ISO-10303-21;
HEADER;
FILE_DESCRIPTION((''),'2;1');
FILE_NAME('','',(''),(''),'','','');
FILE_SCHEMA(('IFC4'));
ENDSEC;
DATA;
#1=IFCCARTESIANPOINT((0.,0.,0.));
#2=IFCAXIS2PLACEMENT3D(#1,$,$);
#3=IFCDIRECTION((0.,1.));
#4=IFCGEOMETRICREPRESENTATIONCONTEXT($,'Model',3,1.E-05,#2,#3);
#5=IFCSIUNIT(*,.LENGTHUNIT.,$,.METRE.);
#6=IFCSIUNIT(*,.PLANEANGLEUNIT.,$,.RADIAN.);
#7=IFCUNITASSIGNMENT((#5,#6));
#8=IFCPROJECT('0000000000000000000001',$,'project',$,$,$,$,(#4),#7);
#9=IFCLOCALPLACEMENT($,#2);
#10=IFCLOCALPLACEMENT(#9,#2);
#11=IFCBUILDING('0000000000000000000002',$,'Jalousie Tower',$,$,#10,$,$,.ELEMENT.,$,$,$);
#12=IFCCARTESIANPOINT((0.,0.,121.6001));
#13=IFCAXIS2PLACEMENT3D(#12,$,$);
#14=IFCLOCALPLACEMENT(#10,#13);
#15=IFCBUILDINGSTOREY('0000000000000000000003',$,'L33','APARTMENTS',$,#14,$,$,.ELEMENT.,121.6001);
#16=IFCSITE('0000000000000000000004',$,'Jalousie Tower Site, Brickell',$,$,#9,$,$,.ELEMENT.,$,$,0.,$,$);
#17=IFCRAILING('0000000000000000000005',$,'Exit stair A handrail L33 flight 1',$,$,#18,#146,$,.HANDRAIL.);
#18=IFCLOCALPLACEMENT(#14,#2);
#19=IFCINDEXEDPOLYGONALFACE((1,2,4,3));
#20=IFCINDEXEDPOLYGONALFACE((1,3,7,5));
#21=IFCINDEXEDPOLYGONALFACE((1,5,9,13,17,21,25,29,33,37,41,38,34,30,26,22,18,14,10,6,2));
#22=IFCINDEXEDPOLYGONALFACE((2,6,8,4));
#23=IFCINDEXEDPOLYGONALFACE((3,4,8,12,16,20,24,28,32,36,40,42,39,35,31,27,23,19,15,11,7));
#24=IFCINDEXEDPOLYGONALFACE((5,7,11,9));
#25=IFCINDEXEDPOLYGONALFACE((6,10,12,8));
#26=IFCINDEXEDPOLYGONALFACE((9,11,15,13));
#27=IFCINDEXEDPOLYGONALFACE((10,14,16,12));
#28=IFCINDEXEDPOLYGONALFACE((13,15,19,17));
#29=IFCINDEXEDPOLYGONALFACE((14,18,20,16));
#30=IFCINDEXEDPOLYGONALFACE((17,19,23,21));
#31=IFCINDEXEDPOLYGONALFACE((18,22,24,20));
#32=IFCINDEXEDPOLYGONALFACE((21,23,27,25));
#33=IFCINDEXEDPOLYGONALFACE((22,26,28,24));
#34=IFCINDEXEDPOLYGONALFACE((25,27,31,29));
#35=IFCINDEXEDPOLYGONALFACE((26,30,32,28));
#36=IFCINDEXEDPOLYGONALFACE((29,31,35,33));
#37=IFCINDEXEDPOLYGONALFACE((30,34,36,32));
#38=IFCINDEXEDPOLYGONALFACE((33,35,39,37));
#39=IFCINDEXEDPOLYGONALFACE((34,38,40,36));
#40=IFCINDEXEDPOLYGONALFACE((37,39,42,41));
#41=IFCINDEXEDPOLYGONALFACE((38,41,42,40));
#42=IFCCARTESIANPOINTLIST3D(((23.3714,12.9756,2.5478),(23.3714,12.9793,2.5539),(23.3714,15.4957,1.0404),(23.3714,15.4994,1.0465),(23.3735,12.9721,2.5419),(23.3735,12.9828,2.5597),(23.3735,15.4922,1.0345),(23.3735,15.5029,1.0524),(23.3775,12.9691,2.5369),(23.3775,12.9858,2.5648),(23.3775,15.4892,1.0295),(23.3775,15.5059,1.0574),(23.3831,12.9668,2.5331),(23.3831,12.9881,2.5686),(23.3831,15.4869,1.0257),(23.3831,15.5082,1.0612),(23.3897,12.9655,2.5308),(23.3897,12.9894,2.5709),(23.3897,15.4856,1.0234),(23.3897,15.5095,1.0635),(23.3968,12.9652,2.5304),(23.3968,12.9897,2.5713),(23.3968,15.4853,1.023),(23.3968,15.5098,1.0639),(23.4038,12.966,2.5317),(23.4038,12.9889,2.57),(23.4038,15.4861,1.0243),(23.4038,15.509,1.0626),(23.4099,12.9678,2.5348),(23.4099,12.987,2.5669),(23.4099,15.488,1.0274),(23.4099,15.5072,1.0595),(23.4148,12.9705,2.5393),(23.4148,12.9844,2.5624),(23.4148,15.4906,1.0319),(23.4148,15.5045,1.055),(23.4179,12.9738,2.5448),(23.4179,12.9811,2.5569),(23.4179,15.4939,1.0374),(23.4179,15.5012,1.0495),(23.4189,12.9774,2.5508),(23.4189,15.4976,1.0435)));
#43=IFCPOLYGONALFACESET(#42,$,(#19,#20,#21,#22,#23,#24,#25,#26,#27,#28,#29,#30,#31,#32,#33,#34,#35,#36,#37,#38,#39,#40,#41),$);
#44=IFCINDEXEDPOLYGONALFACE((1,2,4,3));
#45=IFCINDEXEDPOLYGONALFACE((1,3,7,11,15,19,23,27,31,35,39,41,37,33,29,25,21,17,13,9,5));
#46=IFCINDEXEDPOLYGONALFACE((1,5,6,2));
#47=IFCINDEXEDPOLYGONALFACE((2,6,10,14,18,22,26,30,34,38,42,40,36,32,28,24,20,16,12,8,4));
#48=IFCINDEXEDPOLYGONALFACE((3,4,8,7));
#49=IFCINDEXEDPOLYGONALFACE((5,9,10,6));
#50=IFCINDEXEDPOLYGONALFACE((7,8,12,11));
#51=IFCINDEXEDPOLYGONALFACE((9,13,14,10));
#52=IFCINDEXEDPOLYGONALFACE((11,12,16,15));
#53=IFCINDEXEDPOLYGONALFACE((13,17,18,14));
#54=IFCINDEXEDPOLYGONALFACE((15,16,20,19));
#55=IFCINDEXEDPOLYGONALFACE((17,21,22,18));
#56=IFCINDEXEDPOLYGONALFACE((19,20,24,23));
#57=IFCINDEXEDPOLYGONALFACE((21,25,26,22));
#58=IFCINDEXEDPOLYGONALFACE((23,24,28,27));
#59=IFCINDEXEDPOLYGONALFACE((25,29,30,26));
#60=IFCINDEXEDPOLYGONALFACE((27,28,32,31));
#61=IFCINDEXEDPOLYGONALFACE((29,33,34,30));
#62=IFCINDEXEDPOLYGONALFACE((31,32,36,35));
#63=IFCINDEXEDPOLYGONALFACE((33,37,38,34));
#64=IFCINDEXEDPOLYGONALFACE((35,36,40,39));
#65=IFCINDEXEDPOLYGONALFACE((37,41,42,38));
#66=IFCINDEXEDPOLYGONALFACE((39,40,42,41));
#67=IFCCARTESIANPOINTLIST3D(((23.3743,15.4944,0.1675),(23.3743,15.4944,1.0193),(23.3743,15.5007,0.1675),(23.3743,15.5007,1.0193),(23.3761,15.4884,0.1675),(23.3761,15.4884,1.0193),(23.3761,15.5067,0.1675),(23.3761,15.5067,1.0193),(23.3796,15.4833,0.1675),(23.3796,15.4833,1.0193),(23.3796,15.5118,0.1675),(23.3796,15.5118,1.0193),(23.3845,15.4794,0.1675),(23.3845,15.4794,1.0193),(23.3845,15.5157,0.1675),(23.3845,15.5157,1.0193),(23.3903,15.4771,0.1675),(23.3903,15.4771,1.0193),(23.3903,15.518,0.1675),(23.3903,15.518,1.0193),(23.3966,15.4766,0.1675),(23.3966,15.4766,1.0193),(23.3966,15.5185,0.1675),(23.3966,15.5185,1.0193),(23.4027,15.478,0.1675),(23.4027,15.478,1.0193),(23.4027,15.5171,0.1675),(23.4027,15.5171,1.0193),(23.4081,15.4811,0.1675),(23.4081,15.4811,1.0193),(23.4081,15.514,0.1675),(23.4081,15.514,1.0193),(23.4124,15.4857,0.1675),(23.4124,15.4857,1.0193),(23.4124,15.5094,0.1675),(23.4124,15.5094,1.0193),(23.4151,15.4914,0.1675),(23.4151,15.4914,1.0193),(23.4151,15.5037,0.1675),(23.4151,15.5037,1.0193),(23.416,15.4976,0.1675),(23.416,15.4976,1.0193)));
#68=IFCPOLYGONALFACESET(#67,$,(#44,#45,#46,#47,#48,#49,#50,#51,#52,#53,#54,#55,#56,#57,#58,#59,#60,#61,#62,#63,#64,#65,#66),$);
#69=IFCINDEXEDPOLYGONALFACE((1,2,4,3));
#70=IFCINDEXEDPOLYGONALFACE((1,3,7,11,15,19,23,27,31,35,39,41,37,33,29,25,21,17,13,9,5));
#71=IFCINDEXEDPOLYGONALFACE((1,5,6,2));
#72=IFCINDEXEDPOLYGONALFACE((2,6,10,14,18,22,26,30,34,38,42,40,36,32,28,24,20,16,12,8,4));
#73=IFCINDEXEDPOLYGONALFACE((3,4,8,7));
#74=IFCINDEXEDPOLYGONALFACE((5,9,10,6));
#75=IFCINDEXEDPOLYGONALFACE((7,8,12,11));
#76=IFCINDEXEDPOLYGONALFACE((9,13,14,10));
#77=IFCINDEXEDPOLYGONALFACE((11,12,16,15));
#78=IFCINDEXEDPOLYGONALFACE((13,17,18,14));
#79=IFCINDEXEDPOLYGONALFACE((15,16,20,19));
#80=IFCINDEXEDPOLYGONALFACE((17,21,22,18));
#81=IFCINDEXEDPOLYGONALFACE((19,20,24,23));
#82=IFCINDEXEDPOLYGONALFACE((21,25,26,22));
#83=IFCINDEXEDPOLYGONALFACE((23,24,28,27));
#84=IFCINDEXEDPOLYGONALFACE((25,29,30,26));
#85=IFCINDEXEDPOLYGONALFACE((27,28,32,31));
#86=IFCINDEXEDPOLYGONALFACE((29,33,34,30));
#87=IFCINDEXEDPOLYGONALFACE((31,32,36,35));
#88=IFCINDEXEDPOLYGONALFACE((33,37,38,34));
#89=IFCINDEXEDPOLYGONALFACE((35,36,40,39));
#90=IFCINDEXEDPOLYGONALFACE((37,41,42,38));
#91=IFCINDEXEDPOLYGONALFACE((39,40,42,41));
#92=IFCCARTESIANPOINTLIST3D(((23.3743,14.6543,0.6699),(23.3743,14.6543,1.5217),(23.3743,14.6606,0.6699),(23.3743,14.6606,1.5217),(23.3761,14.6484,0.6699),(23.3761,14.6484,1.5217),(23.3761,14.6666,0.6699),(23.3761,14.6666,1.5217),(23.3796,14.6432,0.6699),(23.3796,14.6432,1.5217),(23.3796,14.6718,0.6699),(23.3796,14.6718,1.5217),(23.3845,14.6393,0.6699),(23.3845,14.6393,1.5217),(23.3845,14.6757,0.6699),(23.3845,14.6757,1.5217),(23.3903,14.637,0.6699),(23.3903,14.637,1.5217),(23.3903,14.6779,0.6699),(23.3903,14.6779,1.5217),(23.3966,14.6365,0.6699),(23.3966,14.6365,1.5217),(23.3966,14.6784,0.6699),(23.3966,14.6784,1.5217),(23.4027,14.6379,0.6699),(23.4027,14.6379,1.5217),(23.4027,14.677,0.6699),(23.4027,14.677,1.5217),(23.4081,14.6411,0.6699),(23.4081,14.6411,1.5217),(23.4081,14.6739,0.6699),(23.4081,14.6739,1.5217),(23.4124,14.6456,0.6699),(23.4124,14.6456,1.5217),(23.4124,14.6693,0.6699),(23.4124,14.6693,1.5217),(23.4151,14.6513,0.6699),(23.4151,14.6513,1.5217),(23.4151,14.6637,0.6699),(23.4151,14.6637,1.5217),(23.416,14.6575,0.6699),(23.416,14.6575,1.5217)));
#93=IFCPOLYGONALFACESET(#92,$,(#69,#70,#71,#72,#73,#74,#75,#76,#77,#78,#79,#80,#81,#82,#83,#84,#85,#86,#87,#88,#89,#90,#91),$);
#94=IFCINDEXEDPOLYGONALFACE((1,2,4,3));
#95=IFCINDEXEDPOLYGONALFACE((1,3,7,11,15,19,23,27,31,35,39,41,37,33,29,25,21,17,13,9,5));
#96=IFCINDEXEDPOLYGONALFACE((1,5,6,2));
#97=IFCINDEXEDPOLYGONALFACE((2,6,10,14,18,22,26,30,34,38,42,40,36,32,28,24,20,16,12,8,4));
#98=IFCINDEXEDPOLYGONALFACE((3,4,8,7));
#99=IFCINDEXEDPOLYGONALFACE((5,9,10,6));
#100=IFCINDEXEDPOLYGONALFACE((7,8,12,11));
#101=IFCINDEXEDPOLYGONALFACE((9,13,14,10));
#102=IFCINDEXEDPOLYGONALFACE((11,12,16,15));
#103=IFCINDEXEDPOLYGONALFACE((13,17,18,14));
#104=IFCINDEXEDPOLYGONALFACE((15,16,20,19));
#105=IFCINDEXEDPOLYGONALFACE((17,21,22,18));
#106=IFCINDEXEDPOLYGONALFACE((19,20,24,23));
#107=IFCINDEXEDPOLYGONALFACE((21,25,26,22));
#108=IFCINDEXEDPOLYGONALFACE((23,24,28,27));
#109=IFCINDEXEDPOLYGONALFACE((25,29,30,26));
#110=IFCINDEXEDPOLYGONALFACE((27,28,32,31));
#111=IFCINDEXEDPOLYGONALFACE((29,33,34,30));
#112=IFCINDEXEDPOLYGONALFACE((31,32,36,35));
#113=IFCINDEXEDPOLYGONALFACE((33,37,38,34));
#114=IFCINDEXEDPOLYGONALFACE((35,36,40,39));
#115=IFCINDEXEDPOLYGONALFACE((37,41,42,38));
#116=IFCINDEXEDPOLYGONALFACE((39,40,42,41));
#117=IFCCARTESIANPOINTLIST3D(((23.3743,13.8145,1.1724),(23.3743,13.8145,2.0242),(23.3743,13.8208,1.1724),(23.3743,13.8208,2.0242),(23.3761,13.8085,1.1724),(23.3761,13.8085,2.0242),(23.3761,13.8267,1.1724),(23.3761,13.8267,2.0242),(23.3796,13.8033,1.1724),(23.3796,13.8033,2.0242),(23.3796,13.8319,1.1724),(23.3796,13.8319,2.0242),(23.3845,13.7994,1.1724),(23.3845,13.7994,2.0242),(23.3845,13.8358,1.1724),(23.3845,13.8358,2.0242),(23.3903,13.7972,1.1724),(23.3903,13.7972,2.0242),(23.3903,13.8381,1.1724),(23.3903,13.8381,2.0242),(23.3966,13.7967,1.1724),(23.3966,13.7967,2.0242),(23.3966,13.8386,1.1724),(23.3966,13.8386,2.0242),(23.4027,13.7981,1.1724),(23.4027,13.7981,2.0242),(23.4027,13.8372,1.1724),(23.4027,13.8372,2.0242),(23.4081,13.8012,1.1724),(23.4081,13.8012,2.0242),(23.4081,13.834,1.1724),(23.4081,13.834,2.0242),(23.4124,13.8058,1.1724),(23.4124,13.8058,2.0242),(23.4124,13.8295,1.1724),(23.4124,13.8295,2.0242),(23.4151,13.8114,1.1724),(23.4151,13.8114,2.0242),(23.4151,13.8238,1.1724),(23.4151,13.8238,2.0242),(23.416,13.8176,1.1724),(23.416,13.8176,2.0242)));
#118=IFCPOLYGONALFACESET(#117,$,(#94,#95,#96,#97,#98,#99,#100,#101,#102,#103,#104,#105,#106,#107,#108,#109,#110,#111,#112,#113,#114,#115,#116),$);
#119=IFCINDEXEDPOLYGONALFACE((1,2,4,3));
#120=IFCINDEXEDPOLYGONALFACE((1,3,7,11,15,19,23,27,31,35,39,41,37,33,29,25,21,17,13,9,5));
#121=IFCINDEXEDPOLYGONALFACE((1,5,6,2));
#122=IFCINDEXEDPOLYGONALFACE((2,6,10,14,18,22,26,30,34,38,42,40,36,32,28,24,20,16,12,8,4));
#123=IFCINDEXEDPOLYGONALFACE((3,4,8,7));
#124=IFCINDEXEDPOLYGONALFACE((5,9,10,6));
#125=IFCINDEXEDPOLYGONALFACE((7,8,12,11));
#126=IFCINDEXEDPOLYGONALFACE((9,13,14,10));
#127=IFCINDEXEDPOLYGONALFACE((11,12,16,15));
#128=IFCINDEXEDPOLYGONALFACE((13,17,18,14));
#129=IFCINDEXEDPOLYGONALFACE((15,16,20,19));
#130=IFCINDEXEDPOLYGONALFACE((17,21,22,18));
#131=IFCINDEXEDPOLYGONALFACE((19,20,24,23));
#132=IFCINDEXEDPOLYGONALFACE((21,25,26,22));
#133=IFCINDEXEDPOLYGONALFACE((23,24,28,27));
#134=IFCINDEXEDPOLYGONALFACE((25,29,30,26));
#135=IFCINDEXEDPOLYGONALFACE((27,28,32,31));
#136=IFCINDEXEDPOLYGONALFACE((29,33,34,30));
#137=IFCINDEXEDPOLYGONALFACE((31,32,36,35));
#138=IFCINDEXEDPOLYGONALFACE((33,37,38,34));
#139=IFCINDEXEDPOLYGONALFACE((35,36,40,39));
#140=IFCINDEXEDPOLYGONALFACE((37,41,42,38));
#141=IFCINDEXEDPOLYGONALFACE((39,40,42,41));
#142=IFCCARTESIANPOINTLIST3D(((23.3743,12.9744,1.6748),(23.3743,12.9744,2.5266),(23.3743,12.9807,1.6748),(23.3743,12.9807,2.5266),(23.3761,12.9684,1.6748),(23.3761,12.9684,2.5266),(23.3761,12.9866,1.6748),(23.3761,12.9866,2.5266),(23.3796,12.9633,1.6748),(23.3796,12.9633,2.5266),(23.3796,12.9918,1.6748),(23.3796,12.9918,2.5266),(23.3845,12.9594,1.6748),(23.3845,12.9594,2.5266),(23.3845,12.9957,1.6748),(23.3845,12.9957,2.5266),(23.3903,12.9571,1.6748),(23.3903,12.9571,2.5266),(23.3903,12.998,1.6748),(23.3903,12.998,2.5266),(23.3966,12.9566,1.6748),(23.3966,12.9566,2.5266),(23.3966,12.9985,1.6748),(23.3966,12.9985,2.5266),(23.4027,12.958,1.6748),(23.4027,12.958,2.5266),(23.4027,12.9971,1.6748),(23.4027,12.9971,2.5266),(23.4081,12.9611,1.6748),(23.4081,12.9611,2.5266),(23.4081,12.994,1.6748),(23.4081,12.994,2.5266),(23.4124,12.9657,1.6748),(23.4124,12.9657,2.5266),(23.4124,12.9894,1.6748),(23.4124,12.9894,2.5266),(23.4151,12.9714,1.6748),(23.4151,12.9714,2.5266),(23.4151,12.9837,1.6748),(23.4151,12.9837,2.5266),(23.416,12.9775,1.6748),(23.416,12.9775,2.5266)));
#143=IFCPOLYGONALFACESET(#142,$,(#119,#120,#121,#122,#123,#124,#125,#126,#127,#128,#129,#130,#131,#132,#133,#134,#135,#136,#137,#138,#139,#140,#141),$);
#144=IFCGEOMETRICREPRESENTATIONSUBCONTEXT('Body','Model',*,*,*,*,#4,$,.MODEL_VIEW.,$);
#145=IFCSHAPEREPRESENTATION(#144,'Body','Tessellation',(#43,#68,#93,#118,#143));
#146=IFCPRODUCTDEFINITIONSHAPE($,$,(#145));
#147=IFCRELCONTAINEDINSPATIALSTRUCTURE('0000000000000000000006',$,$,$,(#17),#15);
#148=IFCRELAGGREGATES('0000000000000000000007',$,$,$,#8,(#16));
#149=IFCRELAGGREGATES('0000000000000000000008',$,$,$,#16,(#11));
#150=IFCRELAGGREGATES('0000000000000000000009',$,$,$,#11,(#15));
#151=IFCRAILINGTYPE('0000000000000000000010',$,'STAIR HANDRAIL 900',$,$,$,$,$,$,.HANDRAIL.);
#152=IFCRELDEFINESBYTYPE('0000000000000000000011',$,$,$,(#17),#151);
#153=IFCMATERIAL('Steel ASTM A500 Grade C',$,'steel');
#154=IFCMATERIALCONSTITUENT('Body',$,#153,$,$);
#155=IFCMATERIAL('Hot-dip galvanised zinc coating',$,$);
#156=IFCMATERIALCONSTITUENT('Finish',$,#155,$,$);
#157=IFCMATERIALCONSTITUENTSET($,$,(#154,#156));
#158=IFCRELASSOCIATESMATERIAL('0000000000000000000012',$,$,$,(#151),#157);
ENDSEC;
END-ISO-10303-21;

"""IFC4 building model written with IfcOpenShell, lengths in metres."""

from ifc_helpers import new_model, si_unit, direction, frame, origin, origin_2d, place, context, subcontext, project, spatial, circle, extrude, material, constituent, constituent_set, type_object, element, save


model = new_model("IFC4")

# Units and contexts
model_context = context("Model", 3, precision=1e-05, world=origin(), true_north=direction((0.0, 1.0)))
body_context = subcontext(model_context, "Body", "Model", "MODEL_VIEW")
ifc_project = project(units=[si_unit("LENGTHUNIT", "METRE"), si_unit("PLANEANGLEUNIT", "RADIAN")], contexts=[model_context])

# Site, building, storey
site_placement = place(None, origin())
site = spatial("IfcSite", under=ifc_project, at=site_placement, Name="Jalousie Tower Site, Brickell", CompositionType="ELEMENT", RefElevation=0.0)
building_placement = place(site_placement, origin())
building = spatial("IfcBuilding", under=site, at=building_placement, Name="Jalousie Tower", CompositionType="ELEMENT")
storey_placement = place(building_placement, frame((0.0, 0.0, 121.6001)))
storey = spatial("IfcBuildingStorey", under=building, at=storey_placement, Name="L33", Description="APARTMENTS", CompositionType="ELEMENT", Elevation=121.6001)

# Railing
ifc_material_1 = material(Name="Steel ASTM A500 Grade C", Category="steel")
ifc_constituent_1 = constituent(ifc_material_1, Name="Body")
ifc_material_2 = material(Name="Hot-dip galvanised zinc coating")
ifc_constituent_2 = constituent(ifc_material_2, Name="Finish")
ifc_constituent_set_1 = constituent_set(constituents=[ifc_constituent_1, ifc_constituent_2])
railing_type_1 = type_object("IfcRailingType", Name="STAIR HANDRAIL 900", PredefinedType="HANDRAIL", material=ifc_constituent_set_1)
railing_1_placement = place(storey_placement, frame((23.395, 15.4976, 0.1675)))
element("IfcRailing", 1, at=railing_1_placement, inside=storey, type_object=railing_type_1, Name="Exit stair A handrail L33 flight 1", PredefinedType="HANDRAIL", context=body_context, shape_type="SweptSolid", body=[
    extrude(circle(Radius=0.0239, at=origin_2d()), frame((0.0, 0.0, 0.876), z_axis=(0.0, -0.858196, 0.513321), x_axis=(1.0, 0.0, 0.0)), (0.0, 0.0, 1.0), 2.9365),
    extrude(circle(Radius=0.021, at=origin_2d()), origin(), (0.0, 0.0, 1.0), 0.8518),
    extrude(circle(Radius=0.021, at=origin_2d()), frame((0.0, -0.8401, 0.5024)), (0.0, 0.0, 1.0), 0.8518),
    extrude(circle(Radius=0.021, at=origin_2d()), frame((0.0, -1.6799, 1.0049)), (0.0, 0.0, 1.0), 0.8518),
    extrude(circle(Radius=0.021, at=origin_2d()), frame((0.0, -2.52, 1.5073)), (0.0, 0.0, 1.0), 0.8518),
])

save(model, "model.ifc")
